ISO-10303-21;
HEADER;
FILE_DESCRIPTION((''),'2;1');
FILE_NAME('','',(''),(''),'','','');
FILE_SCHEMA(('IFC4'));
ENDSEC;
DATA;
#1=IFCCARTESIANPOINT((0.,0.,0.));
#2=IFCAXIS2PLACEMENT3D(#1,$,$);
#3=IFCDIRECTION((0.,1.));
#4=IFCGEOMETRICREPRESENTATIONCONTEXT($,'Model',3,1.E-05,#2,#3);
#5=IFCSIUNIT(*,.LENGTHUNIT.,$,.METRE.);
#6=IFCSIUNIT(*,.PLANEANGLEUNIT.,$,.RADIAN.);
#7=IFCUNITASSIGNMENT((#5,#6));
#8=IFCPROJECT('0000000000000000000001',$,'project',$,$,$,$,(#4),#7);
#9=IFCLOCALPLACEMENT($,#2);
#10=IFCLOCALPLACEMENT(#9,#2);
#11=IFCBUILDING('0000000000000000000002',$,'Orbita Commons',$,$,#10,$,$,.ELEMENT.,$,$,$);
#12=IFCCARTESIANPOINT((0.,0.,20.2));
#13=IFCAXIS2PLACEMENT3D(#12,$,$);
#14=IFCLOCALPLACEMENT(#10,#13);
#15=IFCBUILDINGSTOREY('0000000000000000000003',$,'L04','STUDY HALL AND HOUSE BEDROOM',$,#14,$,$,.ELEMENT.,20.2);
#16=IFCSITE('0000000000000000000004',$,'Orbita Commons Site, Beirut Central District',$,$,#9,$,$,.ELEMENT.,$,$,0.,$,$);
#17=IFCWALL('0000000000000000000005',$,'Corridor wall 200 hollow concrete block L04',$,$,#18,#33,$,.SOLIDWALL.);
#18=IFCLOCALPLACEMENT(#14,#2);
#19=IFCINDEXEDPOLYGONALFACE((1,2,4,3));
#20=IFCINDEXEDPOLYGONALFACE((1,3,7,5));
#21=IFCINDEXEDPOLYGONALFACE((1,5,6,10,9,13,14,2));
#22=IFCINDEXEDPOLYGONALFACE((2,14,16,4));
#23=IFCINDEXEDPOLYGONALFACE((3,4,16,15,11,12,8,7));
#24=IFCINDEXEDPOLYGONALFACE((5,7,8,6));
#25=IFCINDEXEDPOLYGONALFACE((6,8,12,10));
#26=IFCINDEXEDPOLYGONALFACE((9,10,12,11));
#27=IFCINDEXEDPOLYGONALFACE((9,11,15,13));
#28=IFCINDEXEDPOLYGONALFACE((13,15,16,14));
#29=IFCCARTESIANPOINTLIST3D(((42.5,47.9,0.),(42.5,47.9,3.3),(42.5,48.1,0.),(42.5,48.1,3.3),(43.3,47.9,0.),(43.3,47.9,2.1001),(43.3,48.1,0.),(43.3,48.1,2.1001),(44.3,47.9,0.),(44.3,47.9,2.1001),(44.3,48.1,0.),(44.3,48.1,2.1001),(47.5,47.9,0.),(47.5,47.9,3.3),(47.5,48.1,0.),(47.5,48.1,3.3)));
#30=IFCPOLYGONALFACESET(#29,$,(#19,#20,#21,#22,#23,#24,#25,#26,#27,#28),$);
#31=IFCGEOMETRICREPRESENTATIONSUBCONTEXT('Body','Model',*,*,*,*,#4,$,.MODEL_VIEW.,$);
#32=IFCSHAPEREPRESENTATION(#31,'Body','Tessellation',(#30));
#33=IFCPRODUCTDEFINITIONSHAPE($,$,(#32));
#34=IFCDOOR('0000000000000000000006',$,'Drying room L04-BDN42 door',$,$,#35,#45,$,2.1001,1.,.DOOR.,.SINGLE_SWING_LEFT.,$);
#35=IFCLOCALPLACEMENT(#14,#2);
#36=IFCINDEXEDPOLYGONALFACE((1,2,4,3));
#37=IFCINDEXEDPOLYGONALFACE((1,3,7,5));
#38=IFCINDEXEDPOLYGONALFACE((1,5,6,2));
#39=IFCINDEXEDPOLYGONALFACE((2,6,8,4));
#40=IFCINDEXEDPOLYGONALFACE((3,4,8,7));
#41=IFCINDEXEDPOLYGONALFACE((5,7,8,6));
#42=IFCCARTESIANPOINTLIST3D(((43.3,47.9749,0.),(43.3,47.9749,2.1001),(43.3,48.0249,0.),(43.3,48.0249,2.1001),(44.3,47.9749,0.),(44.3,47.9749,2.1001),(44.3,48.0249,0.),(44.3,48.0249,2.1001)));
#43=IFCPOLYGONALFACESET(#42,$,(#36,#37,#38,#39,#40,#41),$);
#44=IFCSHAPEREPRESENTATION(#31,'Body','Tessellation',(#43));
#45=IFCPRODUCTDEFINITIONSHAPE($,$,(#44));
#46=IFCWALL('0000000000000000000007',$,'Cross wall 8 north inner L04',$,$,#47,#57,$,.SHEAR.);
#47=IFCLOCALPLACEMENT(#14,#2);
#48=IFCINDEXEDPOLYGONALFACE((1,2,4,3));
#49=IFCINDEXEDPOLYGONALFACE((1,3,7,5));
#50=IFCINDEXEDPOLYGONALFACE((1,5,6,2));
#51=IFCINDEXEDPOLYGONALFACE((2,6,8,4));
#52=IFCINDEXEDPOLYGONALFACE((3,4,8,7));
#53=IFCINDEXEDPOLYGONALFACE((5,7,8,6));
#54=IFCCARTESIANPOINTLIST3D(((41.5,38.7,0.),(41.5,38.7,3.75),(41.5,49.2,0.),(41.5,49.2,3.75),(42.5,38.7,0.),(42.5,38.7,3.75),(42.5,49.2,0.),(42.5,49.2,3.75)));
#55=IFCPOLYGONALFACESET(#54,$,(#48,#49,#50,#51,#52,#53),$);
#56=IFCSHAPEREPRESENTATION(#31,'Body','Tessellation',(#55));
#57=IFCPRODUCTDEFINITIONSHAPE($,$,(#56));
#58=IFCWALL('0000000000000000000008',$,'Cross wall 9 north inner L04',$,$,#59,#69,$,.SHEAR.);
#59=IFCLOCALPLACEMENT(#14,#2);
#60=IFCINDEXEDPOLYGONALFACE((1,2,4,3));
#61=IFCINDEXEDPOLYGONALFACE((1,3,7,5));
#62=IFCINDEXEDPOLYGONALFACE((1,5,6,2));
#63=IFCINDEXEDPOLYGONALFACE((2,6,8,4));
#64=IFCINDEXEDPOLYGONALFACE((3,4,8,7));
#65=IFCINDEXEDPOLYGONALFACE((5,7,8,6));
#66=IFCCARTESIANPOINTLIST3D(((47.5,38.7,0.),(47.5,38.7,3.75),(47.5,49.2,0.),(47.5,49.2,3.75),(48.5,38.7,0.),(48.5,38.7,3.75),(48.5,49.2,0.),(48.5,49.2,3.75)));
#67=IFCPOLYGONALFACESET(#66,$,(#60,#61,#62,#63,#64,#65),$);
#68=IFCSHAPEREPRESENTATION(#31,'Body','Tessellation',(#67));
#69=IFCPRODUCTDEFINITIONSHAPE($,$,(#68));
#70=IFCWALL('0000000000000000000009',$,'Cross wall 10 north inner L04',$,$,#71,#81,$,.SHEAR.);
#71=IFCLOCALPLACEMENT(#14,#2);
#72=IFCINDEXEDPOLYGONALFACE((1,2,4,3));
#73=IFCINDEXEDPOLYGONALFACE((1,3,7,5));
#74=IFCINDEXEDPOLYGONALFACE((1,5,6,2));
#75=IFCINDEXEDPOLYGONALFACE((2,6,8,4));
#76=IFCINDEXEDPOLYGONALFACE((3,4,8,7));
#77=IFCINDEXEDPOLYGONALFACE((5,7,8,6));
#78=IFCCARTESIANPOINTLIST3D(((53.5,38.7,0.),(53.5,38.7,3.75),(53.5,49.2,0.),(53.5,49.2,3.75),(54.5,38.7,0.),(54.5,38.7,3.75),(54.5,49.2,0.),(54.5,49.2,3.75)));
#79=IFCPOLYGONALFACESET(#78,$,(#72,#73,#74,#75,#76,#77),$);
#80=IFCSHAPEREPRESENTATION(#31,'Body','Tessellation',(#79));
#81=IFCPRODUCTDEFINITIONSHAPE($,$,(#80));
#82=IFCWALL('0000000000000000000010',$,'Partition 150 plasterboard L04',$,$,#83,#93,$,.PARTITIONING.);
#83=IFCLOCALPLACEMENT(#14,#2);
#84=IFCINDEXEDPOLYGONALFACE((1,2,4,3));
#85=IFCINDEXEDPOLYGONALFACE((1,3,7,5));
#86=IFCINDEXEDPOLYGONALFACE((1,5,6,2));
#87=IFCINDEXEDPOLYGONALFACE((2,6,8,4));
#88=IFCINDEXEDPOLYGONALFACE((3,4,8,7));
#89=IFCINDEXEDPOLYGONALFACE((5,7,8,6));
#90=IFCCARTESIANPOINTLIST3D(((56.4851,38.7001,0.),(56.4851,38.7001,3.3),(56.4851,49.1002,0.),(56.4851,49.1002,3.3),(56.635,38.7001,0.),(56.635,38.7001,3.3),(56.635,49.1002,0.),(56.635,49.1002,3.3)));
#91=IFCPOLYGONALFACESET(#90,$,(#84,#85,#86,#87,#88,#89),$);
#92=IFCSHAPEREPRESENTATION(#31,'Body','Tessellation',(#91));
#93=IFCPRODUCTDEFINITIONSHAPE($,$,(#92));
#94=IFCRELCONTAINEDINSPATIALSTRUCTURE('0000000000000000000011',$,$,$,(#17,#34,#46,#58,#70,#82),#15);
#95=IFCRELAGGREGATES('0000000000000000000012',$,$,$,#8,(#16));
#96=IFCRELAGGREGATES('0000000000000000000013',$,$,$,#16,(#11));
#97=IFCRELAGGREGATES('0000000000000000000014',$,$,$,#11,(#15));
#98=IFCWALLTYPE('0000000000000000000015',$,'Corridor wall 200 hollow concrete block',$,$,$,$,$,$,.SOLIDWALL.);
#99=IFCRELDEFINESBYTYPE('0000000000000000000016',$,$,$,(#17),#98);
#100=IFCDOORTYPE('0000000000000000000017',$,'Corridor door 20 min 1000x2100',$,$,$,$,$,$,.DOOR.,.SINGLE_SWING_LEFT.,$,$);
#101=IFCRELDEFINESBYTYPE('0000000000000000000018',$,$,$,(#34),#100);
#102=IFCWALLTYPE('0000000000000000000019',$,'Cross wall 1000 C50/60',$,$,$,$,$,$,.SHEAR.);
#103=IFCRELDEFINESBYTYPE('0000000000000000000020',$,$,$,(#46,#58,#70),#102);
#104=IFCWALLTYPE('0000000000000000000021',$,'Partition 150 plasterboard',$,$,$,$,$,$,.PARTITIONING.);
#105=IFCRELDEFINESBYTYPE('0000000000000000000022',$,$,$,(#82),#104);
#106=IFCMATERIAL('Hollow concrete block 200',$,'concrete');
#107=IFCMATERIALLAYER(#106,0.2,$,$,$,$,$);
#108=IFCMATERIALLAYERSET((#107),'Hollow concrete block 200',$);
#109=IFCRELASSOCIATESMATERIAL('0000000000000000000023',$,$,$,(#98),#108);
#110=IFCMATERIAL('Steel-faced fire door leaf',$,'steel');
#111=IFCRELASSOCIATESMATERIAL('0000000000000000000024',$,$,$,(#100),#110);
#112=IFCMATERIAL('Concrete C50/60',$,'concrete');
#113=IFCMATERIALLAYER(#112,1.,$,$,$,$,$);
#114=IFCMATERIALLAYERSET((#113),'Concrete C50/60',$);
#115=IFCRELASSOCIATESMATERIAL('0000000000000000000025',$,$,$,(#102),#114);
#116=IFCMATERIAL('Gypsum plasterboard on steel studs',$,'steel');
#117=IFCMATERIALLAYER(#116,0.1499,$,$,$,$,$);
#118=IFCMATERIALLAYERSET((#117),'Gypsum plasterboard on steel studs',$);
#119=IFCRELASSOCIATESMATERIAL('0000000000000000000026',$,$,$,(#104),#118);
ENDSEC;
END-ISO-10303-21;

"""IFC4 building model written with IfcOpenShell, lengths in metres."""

from ifc_helpers import new_model, si_unit, direction, frame, frame_2d, origin, place, context, subcontext, project, spatial, rectangle, extrude, material, layer, layer_set, type_object, element, fill, save


model = new_model("IFC4")

# Units and contexts
model_context = context("Model", 3, precision=1e-05, world=origin(), true_north=direction((0.0, 1.0)))
body_context = subcontext(model_context, "Body", "Model", "MODEL_VIEW")
ifc_project = project(units=[si_unit("LENGTHUNIT", "METRE"), si_unit("PLANEANGLEUNIT", "RADIAN")], contexts=[model_context])

# Site, building, storey
site_placement = place(None, origin())
site = spatial("IfcSite", under=ifc_project, at=site_placement, Name="Orbita Commons Site, Beirut Central District", CompositionType="ELEMENT", RefElevation=0.0)
building_placement = place(site_placement, origin())
building = spatial("IfcBuilding", under=site, at=building_placement, Name="Orbita Commons", CompositionType="ELEMENT")
storey_placement = place(building_placement, frame((0.0, 0.0, 20.2)))
storey = spatial("IfcBuildingStorey", under=building, at=storey_placement, Name="L04", Description="STUDY HALL AND HOUSE BEDROOM", CompositionType="ELEMENT", Elevation=20.2)

# Wall, opening, door
ifc_material_1 = material(Name="Hollow concrete block 200", Category="concrete")
ifc_layer_1 = layer(ifc_material_1, 0.2)
ifc_layer_set_1 = layer_set([ifc_layer_1], Name="Hollow concrete block 200")
wall_type_1 = type_object("IfcWallType", Name="Corridor wall 200 hollow concrete block", PredefinedType="SOLIDWALL", material=ifc_layer_set_1)
ifc_material_2 = material(Name="Steel-faced fire door leaf", Category="steel")
door_type_1 = type_object("IfcDoorType", Name="Corridor door 20 min 1000x2100", OperationType="SINGLE_SWING_LEFT", PredefinedType="DOOR", material=ifc_material_2)
wall_1_placement = place(storey_placement, frame((42.5, 48.0, 0.0), z_axis=(0.0, 0.0, 1.0), x_axis=(1.0, 0.0, 0.0)))
wall_1 = element("IfcWall", 1, at=wall_1_placement, inside=storey, type_object=wall_type_1, Name="Corridor wall 200 hollow concrete block L04", PredefinedType="SOLIDWALL", context=body_context, shape_type="SweptSolid", body=[
    extrude(rectangle(XDim=5.0, YDim=0.2, at=frame_2d((2.5, 0.0))), origin(), (0.0, 0.0, 1.0), 3.3),
])
opening_1_placement = place(wall_1_placement, frame((0.8, 0.0, 0.0)))
opening_1 = element("IfcOpeningElement", 2, at=opening_1_placement, cuts=wall_1, PredefinedType="OPENING", context=body_context, shape_type="SweptSolid", body=[
    extrude(rectangle(XDim=1.0, YDim=2.1001, at=frame_2d((0.5, 1.05))), frame((0.0, 0.1099, 0.0), z_axis=(0.0, -1.0, 0.0), x_axis=(1.0, 0.0, 0.0)), (0.0, 0.0, 1.0), 0.22),
])
door_1_placement = place(opening_1_placement, origin())
door_1 = element("IfcDoor", 3, at=door_1_placement, inside=storey, type_object=door_type_1, Name="Drying room L04-BDN42 door", OperationType="SINGLE_SWING_LEFT", OverallHeight=2.1001, OverallWidth=1.0, PredefinedType="DOOR", context=body_context, shape_type="SweptSolid", body=[
    extrude(rectangle(XDim=1.0, YDim=2.1001, at=frame_2d((0.5, 1.05))), frame((0.0, 0.0249, 0.0), z_axis=(0.0, -1.0, 0.0), x_axis=(1.0, 0.0, 0.0)), (0.0, 0.0, 1.0), 0.05),
])
fill(opening_1, door_1)

# Walls
ifc_material_3 = material(Name="Concrete C50/60", Category="concrete")
ifc_layer_2 = layer(ifc_material_3, 1.0)
ifc_layer_set_2 = layer_set([ifc_layer_2], Name="Concrete C50/60")
wall_type_2 = type_object("IfcWallType", Name="Cross wall 1000 C50/60", PredefinedType="SHEAR", material=ifc_layer_set_2)
for number, where, z_axis, x_axis, name in (
    (4, (42.0, 38.7, 0.0), (0.0, 0.0, 1.0), (0.0, 1.0, 0.0), "Cross wall 8 north inner L04"),
    (5, (48.0, 38.7, 0.0), (0.0, 0.0, 1.0), (0.0, 1.0, 0.0), "Cross wall 9 north inner L04"),
    (6, (54.0, 38.7, 0.0), (0.0, 0.0, 1.0), (0.0, 1.0, 0.0), "Cross wall 10 north inner L04"),
):
    element("IfcWall", number, at=place(storey_placement, frame(where, z_axis=z_axis, x_axis=x_axis)), inside=storey, type_object=wall_type_2, Name=name, PredefinedType="SHEAR", context=body_context, shape_type="SweptSolid", body=[
        extrude(rectangle(XDim=10.5, YDim=1.0, at=frame_2d((5.25, 0.0))), origin(), (0.0, 0.0, 1.0), 3.75),
    ])
ifc_material_4 = material(Name="Gypsum plasterboard on steel studs", Category="steel")
ifc_layer_3 = layer(ifc_material_4, 0.1499)
ifc_layer_set_3 = layer_set([ifc_layer_3], Name="Gypsum plasterboard on steel studs")
wall_type_3 = type_object("IfcWallType", Name="Partition 150 plasterboard", PredefinedType="PARTITIONING", material=ifc_layer_set_3)
wall_2_placement = place(storey_placement, frame((56.5601, 38.7, 0.0), z_axis=(0.0, 0.0, 1.0), x_axis=(0.0, 1.0, 0.0)))
element("IfcWall", 7, at=wall_2_placement, inside=storey, type_object=wall_type_3, Name="Partition 150 plasterboard L04", PredefinedType="PARTITIONING", context=body_context, shape_type="SweptSolid", body=[
    extrude(rectangle(XDim=10.4001, YDim=0.1499, at=frame_2d((5.2002, 0.0))), origin(), (0.0, 0.0, 1.0), 3.3),
])

save(model, "model.ifc")
